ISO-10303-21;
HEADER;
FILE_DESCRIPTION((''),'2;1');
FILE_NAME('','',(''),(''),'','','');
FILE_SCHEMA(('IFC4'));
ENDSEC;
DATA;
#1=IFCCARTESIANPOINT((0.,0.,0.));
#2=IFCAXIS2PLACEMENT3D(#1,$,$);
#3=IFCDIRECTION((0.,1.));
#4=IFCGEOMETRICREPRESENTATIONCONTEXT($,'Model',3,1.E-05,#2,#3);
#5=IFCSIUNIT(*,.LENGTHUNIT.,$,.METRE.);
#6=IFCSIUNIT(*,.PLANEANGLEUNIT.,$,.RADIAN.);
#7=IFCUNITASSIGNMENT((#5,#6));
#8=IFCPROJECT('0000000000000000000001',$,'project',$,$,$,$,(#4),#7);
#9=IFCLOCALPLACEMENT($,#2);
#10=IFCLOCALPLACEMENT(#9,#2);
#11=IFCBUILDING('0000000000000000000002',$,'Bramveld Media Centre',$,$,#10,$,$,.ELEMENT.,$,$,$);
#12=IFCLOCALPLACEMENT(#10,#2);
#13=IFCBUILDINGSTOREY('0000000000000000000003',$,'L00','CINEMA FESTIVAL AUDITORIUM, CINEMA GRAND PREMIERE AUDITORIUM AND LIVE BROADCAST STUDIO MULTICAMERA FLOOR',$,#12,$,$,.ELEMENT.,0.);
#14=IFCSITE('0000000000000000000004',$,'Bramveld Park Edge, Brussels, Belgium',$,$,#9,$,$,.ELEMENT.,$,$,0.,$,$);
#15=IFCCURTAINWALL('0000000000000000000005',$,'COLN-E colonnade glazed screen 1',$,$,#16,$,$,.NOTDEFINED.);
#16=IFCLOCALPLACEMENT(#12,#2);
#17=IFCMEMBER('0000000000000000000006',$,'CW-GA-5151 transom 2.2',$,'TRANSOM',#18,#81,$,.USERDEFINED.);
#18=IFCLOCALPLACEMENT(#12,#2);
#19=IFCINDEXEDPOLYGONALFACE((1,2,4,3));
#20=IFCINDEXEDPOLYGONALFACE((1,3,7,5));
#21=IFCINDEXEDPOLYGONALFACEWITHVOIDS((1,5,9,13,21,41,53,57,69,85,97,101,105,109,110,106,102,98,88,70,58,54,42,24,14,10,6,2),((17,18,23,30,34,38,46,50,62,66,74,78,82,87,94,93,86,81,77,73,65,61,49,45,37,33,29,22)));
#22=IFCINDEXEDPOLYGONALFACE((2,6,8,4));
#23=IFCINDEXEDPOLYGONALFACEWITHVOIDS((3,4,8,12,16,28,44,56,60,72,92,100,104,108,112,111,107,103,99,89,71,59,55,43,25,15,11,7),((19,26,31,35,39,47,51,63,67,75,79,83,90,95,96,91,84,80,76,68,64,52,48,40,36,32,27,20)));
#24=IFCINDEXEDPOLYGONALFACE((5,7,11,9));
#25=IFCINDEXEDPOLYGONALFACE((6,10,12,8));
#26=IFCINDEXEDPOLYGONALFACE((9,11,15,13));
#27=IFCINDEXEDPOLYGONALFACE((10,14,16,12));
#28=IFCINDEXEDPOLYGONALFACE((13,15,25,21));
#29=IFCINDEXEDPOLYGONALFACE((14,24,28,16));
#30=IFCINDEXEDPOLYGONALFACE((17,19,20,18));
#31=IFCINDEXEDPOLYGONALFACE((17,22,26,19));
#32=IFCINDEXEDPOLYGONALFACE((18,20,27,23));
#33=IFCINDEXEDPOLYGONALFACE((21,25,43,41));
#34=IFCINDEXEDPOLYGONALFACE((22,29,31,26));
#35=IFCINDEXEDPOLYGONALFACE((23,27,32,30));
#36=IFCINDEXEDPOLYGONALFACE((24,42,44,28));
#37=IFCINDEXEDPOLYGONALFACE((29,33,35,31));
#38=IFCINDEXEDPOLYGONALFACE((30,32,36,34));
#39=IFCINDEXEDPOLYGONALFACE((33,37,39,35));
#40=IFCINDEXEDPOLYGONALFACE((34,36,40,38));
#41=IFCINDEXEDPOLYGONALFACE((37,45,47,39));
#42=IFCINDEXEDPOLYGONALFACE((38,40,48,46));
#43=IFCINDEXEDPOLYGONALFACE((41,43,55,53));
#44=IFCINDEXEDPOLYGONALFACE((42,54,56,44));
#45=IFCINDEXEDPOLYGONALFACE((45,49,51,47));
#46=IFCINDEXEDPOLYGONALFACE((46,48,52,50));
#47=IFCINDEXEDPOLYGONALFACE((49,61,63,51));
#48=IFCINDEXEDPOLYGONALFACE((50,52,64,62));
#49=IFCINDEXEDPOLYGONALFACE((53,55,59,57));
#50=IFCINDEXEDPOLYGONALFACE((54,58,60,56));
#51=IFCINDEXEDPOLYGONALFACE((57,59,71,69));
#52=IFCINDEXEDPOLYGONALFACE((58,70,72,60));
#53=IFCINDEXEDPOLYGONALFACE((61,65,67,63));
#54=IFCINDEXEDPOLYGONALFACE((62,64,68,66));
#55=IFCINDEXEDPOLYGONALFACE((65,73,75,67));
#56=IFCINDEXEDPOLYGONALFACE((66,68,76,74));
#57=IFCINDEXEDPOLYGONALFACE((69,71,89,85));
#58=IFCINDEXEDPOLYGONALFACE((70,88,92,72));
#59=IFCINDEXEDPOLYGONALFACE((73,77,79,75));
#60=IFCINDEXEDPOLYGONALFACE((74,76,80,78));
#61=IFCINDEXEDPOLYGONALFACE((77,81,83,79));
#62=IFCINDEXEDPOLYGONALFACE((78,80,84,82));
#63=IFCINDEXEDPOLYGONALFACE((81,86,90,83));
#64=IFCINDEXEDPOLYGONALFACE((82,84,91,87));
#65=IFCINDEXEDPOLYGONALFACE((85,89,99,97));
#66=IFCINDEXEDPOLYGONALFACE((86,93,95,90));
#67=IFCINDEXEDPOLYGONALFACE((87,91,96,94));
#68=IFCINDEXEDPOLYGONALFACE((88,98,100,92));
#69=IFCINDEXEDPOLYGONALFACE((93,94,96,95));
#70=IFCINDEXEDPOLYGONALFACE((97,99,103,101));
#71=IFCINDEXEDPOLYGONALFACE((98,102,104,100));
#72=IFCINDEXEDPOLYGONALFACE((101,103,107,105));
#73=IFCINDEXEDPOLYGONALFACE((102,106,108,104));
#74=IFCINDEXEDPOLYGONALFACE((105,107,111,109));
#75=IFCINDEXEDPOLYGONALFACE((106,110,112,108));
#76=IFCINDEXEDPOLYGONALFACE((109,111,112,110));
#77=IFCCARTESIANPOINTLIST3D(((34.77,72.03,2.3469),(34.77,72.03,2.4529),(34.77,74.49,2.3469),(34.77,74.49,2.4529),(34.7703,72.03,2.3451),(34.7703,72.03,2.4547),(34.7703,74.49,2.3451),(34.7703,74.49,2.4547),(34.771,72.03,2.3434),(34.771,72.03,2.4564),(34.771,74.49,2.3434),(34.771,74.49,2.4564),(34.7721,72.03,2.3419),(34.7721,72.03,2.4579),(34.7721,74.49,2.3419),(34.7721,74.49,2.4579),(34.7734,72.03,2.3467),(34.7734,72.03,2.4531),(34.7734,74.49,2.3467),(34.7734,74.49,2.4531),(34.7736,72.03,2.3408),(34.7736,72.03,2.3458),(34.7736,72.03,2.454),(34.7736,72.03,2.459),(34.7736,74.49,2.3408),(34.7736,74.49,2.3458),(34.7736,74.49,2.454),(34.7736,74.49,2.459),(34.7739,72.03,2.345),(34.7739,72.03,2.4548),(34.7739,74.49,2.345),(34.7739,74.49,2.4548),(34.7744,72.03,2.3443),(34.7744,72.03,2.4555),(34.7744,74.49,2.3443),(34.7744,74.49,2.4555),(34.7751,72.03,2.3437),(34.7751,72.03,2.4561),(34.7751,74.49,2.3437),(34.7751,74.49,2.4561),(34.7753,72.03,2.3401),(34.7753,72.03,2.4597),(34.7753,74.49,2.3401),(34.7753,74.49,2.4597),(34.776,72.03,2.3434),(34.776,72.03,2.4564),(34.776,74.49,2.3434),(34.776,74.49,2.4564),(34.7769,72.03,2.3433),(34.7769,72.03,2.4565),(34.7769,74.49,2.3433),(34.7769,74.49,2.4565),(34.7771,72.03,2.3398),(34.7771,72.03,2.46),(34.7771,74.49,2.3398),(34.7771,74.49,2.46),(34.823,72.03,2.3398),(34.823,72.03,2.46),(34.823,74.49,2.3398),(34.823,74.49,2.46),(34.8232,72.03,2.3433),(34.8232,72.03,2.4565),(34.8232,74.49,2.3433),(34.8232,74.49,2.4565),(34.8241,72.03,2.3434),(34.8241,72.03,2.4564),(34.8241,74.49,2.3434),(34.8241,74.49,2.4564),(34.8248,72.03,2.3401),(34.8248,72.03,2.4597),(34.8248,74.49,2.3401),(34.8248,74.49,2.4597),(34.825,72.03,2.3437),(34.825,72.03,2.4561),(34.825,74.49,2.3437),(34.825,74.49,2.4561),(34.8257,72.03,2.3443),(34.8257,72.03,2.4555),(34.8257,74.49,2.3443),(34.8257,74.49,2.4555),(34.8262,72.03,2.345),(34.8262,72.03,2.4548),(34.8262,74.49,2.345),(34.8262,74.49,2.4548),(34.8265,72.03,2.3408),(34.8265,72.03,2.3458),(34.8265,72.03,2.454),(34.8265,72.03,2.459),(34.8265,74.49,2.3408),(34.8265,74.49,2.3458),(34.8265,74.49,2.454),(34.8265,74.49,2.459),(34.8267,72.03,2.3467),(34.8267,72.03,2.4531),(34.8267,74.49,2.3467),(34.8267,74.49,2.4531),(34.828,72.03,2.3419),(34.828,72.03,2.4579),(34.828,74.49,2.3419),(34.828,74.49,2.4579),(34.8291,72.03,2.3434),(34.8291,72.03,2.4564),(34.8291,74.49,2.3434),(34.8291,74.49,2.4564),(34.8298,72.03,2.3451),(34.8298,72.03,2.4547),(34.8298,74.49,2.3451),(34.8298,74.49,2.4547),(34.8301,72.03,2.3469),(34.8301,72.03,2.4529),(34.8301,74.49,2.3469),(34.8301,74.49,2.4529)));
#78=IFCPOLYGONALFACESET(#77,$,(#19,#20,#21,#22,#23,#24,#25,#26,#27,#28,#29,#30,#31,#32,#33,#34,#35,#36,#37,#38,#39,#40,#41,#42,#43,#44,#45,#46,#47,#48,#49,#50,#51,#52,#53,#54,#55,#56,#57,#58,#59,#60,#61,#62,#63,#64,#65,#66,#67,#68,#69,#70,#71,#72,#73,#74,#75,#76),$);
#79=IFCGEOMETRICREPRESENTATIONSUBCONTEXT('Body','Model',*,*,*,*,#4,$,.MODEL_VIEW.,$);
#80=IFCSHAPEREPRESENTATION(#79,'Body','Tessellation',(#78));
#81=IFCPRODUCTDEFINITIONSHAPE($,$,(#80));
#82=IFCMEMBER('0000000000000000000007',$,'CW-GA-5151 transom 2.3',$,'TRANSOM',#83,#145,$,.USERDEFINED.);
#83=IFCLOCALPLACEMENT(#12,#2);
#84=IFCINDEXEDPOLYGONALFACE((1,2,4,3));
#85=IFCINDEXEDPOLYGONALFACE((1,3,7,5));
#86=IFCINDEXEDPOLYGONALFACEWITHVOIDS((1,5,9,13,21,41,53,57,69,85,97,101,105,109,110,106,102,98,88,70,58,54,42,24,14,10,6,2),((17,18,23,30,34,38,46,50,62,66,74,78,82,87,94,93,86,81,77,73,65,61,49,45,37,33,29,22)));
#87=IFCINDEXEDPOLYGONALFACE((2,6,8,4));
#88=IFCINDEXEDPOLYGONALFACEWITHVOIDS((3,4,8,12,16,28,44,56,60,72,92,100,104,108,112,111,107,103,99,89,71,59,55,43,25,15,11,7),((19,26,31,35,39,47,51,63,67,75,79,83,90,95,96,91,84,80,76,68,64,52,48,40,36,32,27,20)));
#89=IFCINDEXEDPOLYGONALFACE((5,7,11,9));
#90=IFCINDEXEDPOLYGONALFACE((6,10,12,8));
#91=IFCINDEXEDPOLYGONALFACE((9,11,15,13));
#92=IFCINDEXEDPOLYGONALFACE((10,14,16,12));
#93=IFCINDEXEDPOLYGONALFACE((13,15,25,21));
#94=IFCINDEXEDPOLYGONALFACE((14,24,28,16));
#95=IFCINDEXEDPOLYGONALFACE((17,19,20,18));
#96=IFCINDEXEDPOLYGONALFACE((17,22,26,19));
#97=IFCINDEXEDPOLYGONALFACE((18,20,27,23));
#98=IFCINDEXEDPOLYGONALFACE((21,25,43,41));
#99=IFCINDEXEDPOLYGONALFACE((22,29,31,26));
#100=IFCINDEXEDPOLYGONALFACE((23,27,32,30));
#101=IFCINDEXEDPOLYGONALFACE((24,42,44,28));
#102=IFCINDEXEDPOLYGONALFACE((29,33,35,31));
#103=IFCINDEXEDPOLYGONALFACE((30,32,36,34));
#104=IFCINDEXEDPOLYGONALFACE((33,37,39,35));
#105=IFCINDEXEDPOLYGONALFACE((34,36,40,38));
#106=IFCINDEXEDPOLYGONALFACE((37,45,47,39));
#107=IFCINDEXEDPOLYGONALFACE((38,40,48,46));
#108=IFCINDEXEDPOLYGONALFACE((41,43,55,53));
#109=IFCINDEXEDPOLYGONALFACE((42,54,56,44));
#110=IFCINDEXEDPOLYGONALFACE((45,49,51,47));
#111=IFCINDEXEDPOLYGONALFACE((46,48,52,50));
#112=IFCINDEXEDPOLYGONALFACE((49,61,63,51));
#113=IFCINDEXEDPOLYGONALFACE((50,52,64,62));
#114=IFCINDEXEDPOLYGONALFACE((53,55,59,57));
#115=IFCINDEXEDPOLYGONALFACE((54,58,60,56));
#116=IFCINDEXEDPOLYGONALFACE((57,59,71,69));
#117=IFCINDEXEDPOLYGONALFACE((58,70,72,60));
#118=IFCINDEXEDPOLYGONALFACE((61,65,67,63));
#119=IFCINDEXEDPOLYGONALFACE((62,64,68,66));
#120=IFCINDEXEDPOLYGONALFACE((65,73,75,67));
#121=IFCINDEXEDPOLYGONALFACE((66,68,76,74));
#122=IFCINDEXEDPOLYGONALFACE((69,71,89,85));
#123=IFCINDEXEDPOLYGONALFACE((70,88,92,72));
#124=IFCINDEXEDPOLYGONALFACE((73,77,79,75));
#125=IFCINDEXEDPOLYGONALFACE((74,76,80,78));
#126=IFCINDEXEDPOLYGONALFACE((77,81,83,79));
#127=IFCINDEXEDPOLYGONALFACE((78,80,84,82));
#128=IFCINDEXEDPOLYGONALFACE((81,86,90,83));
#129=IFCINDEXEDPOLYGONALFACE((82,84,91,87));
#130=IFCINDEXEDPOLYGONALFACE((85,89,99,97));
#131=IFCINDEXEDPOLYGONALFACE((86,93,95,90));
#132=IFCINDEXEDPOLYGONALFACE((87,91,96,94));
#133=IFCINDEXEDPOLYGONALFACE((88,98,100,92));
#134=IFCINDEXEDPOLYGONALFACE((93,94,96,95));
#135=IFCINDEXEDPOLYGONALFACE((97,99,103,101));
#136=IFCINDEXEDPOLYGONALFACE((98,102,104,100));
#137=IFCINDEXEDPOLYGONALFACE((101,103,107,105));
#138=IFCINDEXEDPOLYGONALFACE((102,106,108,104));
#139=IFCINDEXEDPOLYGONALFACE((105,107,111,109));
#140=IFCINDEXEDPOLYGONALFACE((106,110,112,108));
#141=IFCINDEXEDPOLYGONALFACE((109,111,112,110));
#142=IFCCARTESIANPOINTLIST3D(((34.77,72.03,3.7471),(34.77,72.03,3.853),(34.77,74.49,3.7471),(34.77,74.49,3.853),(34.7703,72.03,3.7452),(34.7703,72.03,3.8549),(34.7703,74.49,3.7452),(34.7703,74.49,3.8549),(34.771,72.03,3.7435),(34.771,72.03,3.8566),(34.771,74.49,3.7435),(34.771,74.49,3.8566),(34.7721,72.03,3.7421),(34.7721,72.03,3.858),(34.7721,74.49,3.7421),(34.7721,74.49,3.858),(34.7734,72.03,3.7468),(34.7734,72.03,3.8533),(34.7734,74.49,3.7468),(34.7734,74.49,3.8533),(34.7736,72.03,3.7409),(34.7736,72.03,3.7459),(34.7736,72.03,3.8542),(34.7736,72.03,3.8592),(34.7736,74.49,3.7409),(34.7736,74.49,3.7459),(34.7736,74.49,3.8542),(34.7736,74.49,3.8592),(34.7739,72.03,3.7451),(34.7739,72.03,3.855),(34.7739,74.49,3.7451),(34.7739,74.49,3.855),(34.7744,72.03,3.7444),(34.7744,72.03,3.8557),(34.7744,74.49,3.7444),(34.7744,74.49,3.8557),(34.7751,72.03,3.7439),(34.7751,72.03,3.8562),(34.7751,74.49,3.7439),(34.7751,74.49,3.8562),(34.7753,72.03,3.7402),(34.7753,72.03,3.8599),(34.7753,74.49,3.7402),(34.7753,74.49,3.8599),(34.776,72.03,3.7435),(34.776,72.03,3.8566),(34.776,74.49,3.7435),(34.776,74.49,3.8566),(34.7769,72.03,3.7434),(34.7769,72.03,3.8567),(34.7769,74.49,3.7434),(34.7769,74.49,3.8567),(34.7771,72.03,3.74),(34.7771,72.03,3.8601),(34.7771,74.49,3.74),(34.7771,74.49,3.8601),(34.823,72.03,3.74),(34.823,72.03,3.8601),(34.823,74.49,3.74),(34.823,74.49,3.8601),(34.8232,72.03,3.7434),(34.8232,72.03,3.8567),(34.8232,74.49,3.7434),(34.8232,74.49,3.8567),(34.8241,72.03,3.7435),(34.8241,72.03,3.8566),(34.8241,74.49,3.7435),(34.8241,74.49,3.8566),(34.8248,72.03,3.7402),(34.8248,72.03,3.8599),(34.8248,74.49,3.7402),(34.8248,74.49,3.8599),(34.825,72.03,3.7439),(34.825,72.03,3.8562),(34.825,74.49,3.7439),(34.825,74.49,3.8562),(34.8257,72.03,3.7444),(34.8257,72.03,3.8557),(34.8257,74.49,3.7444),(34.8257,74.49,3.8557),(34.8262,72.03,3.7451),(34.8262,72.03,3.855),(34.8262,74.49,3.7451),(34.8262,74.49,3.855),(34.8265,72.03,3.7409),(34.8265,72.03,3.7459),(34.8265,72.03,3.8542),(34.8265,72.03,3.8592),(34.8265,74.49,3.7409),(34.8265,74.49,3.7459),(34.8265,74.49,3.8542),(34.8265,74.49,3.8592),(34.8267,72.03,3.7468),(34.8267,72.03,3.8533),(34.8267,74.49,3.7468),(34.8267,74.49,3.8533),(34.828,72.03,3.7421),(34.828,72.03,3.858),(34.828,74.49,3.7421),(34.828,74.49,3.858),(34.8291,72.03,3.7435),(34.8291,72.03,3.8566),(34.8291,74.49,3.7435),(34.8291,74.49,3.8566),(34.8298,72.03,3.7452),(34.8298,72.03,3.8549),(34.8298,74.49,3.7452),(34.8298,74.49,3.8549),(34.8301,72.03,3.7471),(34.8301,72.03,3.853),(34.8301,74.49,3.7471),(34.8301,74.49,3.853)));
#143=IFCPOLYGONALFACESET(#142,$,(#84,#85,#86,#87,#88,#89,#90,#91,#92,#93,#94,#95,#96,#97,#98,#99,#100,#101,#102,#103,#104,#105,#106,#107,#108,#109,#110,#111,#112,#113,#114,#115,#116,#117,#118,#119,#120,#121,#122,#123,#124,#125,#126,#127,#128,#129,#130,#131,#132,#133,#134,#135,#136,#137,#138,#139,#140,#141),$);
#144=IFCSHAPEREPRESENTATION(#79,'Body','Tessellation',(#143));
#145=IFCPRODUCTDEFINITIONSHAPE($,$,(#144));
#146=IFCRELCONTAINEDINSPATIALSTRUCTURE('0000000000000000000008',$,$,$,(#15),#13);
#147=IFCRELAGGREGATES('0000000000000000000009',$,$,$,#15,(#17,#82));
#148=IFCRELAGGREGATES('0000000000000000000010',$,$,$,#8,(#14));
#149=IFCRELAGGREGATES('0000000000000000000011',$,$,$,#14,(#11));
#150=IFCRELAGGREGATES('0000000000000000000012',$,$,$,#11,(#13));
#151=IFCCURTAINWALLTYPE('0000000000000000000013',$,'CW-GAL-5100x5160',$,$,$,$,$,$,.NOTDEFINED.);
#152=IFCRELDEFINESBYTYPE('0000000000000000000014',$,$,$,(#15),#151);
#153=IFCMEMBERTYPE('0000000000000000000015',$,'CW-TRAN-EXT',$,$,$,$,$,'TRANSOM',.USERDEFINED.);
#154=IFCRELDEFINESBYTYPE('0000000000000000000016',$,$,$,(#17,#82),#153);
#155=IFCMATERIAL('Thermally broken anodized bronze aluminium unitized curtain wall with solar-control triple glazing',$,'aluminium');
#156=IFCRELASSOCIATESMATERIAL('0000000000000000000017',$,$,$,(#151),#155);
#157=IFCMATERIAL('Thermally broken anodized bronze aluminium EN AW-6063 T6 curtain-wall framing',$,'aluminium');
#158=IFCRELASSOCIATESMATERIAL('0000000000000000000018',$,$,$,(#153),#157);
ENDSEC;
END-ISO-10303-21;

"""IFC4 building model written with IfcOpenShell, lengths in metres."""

from ifc_helpers import new_model, si_unit, direction, frame, origin, origin_2d, place, context, subcontext, project, spatial, hollow_rectangle, extrude, material, material_profile, profile_set, type_object, element, aggregate, save


model = new_model("IFC4")

# Units and contexts
model_context = context("Model", 3, precision=1e-05, world=origin(), true_north=direction((0.0, 1.0)))
body_context = subcontext(model_context, "Body", "Model", "MODEL_VIEW")
ifc_project = project(units=[si_unit("LENGTHUNIT", "METRE"), si_unit("PLANEANGLEUNIT", "RADIAN")], contexts=[model_context])

# Site, building, storey
site_placement = place(None, origin())
site = spatial("IfcSite", under=ifc_project, at=site_placement, Name="Bramveld Park Edge, Brussels, Belgium", CompositionType="ELEMENT", RefElevation=0.0)
building_placement = place(site_placement, origin())
building = spatial("IfcBuilding", under=site, at=building_placement, Name="Bramveld Media Centre", CompositionType="ELEMENT")
storey_placement = place(building_placement, origin())
storey = spatial("IfcBuildingStorey", under=building, at=storey_placement, Name="L00", Description="CINEMA FESTIVAL AUDITORIUM, CINEMA GRAND PREMIERE AUDITORIUM AND LIVE BROADCAST STUDIO MULTICAMERA FLOOR", CompositionType="ELEMENT", Elevation=0.0)

# Curtain wall
ifc_material_1 = material(Name="Thermally broken anodized bronze aluminium unitized curtain wall with solar-control triple glazing", Category="aluminium")
curtain_wall_type_1 = type_object("IfcCurtainWallType", Name="CW-GAL-5100x5160", PredefinedType="NOTDEFINED", material=ifc_material_1)
curtain_wall_1_placement = place(storey_placement, origin())
curtain_wall_1 = element("IfcCurtainWall", 1, at=curtain_wall_1_placement, inside=storey, type_object=curtain_wall_type_1, Name="COLN-E colonnade glazed screen 1", PredefinedType="NOTDEFINED")

# Members
ifc_material_2 = material(Name="Thermally broken anodized bronze aluminium EN AW-6063 T6 curtain-wall framing", Category="aluminium")
ifc_material_profile_1 = material_profile(ifc_material_2, hollow_rectangle(XDim=0.0601, YDim=0.1201, WallThickness=0.0034, InnerFilletRadius=0.0034, OuterFilletRadius=0.0071, at=origin_2d()), Name="AL-TRAN 60x120")
ifc_profile_set_1 = profile_set([ifc_material_profile_1], Name="Thermally broken anodized bronze aluminium EN AW-6063 T6 curtain-wall framing")
member_type_1 = type_object("IfcMemberType", Name="CW-TRAN-EXT", ElementType="TRANSOM", PredefinedType="USERDEFINED", material=ifc_profile_set_1)
member_1_placement = place(storey_placement, frame((34.8, 72.03, 2.3999), z_axis=(0.0, 1.0, 0.0), x_axis=(-1.0, 0.0, 0.0)))
member_1 = element("IfcMember", 2, at=member_1_placement, type_object=member_type_1, Name="CW-GA-5151 transom 2.2", ObjectType="TRANSOM", PredefinedType="USERDEFINED", context=body_context, shape_type="SweptSolid", body=[
    extrude(hollow_rectangle(XDim=0.0601, YDim=0.1201, WallThickness=0.0034, InnerFilletRadius=0.0034, OuterFilletRadius=0.0071, at=origin_2d()), origin(), (0.0, 0.0, 1.0), 2.46),
])
member_2_placement = place(storey_placement, frame((34.8, 72.03, 3.8), z_axis=(0.0, 1.0, 0.0), x_axis=(-1.0, 0.0, 0.0)))
member_2 = element("IfcMember", 3, at=member_2_placement, type_object=member_type_1, Name="CW-GA-5151 transom 2.3", ObjectType="TRANSOM", PredefinedType="USERDEFINED", context=body_context, shape_type="SweptSolid", body=[
    extrude(hollow_rectangle(XDim=0.0601, YDim=0.1201, WallThickness=0.0034, InnerFilletRadius=0.0034, OuterFilletRadius=0.0071, at=origin_2d()), origin(), (0.0, 0.0, 1.0), 2.46),
])

aggregate(curtain_wall_1, [member_1, member_2])

save(model, "model.ifc")
